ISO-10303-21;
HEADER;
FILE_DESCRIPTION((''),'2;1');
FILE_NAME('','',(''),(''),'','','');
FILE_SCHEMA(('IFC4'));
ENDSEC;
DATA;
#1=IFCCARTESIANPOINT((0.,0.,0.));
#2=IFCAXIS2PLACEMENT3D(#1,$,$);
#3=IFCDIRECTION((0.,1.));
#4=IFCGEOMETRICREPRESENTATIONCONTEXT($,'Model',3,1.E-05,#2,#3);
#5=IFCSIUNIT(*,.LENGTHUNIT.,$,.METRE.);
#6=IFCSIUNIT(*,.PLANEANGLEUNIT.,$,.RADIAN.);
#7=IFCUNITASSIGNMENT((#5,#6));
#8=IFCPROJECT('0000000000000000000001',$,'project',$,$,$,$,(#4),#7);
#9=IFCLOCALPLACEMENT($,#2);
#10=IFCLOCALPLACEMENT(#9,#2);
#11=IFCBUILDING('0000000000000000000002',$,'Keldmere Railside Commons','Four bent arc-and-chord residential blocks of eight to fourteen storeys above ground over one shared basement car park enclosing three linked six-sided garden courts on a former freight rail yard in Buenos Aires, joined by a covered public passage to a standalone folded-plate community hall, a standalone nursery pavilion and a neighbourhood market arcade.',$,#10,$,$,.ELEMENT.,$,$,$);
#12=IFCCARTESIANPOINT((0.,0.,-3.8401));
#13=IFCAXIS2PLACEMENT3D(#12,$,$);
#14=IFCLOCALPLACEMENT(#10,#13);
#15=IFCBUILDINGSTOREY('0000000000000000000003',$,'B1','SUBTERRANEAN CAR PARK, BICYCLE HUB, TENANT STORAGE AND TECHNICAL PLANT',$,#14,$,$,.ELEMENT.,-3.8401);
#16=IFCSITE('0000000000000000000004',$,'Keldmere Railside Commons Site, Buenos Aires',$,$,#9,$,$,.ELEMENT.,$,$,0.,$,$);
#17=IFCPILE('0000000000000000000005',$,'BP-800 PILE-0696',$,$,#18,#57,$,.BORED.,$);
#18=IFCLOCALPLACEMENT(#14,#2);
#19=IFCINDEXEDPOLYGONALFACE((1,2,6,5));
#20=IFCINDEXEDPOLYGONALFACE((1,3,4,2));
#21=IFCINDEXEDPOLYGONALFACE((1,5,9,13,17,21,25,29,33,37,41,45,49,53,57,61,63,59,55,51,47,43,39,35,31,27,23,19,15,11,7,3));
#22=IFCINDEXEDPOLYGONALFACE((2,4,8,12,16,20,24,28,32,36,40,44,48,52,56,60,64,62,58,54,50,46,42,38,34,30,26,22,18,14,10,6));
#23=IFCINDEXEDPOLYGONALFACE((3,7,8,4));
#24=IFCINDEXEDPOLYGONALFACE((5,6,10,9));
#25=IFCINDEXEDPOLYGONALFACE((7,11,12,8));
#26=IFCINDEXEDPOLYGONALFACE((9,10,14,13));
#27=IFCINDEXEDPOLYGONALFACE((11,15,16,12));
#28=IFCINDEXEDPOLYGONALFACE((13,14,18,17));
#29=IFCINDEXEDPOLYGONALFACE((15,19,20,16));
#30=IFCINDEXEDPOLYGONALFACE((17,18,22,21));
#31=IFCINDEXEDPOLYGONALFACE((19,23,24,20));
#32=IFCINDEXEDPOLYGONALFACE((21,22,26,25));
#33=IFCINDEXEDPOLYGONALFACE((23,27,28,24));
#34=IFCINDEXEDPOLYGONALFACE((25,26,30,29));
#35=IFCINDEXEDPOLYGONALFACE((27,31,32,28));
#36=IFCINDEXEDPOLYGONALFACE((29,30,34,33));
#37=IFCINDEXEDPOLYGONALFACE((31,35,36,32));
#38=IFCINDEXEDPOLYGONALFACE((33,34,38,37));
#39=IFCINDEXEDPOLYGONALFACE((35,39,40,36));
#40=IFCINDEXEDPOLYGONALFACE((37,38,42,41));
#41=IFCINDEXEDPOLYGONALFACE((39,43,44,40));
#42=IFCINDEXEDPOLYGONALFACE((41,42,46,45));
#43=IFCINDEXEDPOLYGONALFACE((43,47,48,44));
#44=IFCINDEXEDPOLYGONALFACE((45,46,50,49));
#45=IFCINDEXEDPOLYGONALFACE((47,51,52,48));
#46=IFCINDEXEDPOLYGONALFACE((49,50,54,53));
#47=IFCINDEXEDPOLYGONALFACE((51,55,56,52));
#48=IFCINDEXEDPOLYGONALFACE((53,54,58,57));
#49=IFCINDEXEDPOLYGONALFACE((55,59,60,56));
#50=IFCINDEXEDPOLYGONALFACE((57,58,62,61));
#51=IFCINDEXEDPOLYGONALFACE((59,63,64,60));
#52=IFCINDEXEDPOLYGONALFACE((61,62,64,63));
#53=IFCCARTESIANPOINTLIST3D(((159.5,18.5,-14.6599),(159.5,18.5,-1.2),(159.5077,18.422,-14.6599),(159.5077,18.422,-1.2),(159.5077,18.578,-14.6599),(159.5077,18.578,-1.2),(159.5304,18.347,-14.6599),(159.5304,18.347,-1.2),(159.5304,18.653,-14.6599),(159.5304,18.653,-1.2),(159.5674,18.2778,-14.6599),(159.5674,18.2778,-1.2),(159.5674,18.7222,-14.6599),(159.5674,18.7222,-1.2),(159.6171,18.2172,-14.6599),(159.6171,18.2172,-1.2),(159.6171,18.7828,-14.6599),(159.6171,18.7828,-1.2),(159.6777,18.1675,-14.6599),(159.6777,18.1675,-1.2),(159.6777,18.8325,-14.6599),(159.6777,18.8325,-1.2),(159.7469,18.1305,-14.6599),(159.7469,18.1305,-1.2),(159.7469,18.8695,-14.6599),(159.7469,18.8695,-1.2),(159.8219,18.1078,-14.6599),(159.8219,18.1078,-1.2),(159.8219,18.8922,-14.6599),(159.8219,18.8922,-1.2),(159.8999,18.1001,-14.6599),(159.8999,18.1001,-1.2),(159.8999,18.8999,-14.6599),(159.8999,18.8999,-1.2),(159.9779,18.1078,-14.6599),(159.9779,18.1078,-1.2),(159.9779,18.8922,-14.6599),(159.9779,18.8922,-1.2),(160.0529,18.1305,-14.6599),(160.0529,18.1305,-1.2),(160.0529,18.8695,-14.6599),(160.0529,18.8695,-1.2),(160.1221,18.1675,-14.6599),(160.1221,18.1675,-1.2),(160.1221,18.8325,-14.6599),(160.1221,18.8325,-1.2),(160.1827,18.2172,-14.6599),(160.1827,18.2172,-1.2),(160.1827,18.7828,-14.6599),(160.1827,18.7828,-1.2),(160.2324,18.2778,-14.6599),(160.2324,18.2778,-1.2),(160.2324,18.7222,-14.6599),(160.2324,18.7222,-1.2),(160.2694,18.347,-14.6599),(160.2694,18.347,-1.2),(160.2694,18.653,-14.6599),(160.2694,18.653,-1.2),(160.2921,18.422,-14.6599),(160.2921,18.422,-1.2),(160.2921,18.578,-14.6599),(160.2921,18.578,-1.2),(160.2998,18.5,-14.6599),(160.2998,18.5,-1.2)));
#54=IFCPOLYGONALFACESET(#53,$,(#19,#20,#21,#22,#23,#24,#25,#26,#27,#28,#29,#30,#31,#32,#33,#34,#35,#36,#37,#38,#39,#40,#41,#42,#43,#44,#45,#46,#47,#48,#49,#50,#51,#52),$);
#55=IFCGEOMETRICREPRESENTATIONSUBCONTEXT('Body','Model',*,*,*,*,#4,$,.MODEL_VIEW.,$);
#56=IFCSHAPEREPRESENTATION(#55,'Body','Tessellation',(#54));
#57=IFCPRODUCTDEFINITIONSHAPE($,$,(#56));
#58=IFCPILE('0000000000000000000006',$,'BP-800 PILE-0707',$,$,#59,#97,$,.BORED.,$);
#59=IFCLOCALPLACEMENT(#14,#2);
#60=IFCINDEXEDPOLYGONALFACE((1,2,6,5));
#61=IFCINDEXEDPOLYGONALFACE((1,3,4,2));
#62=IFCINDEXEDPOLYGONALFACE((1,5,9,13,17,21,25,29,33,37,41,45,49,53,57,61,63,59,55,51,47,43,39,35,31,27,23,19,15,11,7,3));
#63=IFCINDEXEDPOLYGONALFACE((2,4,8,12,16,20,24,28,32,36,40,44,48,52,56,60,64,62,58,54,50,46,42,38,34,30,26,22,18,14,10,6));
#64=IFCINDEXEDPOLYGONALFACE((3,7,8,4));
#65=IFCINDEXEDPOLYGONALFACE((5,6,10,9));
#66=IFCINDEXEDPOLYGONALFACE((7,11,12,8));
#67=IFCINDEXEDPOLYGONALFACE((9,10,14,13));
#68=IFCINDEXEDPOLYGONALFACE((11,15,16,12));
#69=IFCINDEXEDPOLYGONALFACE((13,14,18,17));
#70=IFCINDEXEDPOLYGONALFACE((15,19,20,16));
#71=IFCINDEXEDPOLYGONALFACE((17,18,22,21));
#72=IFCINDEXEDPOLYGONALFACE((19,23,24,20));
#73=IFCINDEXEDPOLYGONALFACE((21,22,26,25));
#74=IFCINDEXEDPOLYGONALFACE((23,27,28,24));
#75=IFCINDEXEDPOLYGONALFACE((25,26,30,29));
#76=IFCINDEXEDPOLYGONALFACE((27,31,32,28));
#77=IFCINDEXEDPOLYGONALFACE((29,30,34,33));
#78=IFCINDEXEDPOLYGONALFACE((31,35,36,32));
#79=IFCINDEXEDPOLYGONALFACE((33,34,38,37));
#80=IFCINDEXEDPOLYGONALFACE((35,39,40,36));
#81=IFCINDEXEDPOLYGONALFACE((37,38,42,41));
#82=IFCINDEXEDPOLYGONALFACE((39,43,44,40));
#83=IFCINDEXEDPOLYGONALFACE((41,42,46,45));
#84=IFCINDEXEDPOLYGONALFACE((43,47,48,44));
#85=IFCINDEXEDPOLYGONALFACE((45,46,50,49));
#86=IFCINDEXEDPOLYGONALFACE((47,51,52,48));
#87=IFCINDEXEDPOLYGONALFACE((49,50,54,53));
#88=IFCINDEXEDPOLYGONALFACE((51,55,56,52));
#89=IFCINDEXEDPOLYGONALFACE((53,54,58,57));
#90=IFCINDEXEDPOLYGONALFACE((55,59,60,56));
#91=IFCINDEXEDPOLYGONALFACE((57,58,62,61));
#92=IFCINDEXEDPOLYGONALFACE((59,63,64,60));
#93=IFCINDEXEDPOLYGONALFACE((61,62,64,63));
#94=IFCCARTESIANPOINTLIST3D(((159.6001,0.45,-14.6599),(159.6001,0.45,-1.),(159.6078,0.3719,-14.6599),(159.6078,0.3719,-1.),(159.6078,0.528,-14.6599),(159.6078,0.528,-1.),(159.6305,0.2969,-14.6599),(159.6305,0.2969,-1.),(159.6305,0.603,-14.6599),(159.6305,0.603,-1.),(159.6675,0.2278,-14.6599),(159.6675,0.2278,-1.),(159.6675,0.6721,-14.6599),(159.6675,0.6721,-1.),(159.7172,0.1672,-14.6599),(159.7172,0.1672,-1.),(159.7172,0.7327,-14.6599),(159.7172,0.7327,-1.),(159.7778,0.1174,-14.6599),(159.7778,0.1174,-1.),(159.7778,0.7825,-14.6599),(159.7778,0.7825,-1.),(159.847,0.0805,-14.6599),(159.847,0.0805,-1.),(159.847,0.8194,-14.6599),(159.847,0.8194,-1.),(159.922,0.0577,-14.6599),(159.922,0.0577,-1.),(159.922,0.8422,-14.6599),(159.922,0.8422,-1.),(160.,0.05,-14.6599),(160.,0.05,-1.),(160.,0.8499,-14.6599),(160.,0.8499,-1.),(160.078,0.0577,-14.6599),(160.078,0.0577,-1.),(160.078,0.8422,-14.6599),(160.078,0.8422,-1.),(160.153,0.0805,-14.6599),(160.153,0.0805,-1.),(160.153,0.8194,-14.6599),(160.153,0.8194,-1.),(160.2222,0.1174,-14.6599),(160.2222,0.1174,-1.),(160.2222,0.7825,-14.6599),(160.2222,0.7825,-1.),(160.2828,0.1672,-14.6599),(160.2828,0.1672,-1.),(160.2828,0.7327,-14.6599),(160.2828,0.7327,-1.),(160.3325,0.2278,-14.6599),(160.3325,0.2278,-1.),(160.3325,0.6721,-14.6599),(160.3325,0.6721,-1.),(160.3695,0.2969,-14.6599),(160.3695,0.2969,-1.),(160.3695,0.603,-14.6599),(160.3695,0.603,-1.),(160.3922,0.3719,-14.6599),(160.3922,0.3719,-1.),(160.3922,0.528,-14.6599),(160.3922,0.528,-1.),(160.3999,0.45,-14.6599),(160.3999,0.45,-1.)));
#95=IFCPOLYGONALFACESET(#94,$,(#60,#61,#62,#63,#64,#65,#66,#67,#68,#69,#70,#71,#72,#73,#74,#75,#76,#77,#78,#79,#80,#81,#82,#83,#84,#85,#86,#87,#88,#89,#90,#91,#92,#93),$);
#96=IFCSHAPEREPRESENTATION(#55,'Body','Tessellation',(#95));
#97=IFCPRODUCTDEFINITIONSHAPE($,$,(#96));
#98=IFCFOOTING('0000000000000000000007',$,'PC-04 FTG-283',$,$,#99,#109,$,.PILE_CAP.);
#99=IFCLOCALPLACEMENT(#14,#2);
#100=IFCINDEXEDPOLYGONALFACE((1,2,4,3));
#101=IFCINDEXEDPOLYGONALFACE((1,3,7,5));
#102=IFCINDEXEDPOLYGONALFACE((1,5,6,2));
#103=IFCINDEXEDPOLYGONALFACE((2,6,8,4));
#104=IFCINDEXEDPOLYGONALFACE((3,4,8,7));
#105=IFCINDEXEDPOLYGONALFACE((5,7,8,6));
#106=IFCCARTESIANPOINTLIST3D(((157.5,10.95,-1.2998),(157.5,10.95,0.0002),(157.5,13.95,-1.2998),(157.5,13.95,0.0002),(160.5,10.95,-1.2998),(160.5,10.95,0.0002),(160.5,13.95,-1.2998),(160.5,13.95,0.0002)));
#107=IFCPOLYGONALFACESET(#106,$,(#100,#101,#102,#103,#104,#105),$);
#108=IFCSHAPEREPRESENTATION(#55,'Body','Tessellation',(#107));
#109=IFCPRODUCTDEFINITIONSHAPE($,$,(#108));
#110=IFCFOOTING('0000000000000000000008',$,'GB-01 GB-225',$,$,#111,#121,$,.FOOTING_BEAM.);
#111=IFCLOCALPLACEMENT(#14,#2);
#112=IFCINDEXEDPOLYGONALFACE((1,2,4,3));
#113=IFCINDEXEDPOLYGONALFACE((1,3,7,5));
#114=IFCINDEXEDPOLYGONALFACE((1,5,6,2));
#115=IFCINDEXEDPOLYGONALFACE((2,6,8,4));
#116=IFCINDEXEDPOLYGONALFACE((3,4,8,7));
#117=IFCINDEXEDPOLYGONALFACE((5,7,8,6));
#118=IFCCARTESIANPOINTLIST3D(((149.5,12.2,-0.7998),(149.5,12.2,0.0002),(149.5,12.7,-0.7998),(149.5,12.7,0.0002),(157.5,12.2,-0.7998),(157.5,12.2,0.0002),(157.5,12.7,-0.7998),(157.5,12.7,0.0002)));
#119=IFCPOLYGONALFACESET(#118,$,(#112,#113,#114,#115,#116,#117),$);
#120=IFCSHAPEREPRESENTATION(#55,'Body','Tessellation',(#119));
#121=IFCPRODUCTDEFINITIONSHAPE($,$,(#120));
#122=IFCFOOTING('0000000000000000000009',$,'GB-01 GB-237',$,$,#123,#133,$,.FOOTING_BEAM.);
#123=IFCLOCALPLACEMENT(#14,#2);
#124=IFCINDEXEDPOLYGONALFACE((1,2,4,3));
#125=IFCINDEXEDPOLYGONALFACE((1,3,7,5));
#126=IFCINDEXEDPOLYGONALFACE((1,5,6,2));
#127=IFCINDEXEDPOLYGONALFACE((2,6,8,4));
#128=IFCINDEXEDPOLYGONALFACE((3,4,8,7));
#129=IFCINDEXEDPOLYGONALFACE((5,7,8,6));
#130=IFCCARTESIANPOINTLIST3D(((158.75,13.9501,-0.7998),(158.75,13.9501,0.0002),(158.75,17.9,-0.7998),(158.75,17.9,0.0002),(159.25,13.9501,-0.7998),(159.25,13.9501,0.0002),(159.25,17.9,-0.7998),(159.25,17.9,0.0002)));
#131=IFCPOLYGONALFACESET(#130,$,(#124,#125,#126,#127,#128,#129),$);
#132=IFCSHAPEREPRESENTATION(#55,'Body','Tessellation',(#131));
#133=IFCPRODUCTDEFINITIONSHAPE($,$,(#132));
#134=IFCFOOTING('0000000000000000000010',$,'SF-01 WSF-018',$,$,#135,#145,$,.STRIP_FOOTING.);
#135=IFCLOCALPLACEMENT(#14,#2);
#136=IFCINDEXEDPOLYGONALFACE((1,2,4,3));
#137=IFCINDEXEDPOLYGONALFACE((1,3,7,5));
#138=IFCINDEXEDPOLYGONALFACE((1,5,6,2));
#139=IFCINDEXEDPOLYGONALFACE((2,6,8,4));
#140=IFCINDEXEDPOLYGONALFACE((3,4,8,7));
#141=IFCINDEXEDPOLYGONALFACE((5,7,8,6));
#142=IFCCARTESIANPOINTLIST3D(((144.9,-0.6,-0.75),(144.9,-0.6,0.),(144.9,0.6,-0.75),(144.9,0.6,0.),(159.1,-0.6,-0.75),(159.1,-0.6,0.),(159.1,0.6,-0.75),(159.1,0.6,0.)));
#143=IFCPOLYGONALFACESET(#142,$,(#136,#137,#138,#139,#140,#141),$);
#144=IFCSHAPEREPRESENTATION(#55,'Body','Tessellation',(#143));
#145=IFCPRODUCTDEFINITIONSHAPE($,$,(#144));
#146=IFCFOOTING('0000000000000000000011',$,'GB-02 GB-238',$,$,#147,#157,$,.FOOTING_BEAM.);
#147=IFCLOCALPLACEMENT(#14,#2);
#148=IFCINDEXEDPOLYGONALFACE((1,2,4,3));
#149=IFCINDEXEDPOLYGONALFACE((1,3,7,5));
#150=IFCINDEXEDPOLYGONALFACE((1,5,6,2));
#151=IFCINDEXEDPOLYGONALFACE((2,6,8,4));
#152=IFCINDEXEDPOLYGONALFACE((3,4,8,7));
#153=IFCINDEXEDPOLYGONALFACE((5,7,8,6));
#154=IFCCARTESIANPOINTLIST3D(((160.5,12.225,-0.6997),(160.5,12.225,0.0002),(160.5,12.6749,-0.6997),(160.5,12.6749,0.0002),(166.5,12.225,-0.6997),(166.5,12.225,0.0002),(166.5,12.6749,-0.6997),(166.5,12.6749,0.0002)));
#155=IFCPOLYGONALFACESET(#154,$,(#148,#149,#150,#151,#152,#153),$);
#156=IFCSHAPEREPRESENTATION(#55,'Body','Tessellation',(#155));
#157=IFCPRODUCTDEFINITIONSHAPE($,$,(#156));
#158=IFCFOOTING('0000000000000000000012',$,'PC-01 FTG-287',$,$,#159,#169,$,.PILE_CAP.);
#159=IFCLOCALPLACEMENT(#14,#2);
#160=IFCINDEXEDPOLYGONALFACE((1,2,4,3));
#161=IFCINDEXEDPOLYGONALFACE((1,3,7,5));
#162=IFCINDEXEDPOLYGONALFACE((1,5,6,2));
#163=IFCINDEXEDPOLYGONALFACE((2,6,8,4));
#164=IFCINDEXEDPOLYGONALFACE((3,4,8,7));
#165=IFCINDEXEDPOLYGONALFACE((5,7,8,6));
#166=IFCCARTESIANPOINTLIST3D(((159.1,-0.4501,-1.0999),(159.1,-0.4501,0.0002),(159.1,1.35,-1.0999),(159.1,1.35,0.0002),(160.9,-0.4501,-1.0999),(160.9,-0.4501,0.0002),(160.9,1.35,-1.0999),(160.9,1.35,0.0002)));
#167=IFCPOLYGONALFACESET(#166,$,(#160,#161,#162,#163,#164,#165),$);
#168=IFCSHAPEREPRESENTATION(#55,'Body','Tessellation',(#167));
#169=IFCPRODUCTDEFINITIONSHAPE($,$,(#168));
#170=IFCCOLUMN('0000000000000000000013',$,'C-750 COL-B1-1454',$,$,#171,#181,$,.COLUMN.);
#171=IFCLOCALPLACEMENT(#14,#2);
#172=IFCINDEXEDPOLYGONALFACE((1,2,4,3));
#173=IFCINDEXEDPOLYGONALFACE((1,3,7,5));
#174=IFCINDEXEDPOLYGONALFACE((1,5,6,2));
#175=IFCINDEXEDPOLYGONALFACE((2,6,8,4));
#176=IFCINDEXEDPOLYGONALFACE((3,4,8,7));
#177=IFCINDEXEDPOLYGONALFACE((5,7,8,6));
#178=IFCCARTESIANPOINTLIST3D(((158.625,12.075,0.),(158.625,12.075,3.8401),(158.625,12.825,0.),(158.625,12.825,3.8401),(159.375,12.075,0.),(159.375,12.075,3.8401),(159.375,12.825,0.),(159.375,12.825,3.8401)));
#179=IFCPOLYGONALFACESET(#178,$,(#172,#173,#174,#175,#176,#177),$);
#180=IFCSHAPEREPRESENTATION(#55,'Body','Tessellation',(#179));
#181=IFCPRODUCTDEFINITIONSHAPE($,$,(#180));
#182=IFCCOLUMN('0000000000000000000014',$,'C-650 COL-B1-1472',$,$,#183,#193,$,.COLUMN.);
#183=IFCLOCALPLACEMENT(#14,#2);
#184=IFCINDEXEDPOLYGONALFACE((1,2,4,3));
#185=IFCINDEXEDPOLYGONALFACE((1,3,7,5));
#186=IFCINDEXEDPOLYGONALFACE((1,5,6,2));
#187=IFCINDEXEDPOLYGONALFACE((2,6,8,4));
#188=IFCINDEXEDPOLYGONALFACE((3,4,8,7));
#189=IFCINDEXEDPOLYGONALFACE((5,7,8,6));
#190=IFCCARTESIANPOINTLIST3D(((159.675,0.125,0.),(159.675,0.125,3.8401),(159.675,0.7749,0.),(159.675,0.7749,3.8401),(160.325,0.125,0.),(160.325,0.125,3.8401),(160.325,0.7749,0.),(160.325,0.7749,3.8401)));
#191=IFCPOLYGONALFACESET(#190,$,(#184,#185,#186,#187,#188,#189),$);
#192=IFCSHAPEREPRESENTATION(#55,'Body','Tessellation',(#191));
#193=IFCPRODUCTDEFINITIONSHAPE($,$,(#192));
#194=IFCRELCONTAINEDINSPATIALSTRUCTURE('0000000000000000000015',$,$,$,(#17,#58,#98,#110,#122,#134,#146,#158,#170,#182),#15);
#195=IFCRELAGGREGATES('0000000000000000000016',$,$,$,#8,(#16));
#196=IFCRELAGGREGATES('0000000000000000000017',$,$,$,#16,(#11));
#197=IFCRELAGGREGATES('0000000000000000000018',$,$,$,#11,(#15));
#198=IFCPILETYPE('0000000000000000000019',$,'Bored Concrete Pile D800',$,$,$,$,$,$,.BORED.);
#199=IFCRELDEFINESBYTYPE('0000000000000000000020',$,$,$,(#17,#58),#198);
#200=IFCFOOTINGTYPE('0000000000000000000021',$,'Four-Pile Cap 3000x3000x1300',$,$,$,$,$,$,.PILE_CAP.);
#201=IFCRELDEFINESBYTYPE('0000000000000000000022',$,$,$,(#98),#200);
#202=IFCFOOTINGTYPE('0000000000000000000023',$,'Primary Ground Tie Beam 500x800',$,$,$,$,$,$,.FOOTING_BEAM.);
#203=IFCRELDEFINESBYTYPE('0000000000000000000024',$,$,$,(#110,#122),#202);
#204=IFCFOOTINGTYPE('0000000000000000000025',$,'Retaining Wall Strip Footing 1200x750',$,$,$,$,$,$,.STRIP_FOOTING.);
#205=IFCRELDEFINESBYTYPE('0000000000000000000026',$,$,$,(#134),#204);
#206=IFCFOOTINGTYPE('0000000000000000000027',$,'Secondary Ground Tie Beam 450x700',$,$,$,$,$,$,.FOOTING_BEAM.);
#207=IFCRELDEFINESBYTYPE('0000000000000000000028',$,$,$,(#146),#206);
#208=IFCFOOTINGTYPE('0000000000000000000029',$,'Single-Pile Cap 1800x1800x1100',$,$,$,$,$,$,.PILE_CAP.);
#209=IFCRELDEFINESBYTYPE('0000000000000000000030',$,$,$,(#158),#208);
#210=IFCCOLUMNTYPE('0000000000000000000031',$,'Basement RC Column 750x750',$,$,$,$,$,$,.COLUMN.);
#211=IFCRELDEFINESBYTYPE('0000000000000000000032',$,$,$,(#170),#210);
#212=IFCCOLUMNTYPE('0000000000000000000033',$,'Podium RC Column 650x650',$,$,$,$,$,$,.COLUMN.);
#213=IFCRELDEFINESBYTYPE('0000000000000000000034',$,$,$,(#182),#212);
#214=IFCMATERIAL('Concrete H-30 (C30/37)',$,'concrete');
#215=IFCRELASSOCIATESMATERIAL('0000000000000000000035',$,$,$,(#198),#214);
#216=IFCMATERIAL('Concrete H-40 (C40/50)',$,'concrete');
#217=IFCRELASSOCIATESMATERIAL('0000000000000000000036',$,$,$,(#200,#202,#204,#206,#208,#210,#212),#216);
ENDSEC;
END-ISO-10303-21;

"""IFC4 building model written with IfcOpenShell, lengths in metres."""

from ifc_helpers import new_model, si_unit, direction, frame, origin, origin_2d, place, context, subcontext, project, spatial, rectangle, circle, extrude, material, material_profile, profile_set, type_object, element, save


model = new_model("IFC4")

# Units and contexts
model_context = context("Model", 3, precision=1e-05, world=origin(), true_north=direction((0.0, 1.0)))
body_context = subcontext(model_context, "Body", "Model", "MODEL_VIEW")
ifc_project = project(units=[si_unit("LENGTHUNIT", "METRE"), si_unit("PLANEANGLEUNIT", "RADIAN")], contexts=[model_context])

# Site, building, storey
site_placement = place(None, origin())
site = spatial("IfcSite", under=ifc_project, at=site_placement, Name="Keldmere Railside Commons Site, Buenos Aires", CompositionType="ELEMENT", RefElevation=0.0)
building_placement = place(site_placement, origin())
building = spatial("IfcBuilding", under=site, at=building_placement, Name="Keldmere Railside Commons", Description="Four bent arc-and-chord residential blocks of eight to fourteen storeys above ground over one shared basement car park enclosing three linked six-sided garden courts on a former freight rail yard in Buenos Aires, joined by a covered public passage to a standalone folded-plate community hall, a standalone nursery pavilion and a neighbourhood market arcade.", CompositionType="ELEMENT")
storey_placement = place(building_placement, frame((0.0, 0.0, -3.8401)))
storey = spatial("IfcBuildingStorey", under=building, at=storey_placement, Name="B1", Description="SUBTERRANEAN CAR PARK, BICYCLE HUB, TENANT STORAGE AND TECHNICAL PLANT", CompositionType="ELEMENT", Elevation=-3.8401)

# Piles
ifc_material_1 = material(Name="Concrete H-30 (C30/37)", Category="concrete")
ifc_material_profile_1 = material_profile(ifc_material_1, circle(Radius=0.3999, at=origin_2d()), Name="PILE-D800")
ifc_profile_set_1 = profile_set([ifc_material_profile_1], Name="Concrete H-30 (C30/37)")
pile_type = type_object("IfcPileType", Name="Bored Concrete Pile D800", PredefinedType="BORED", material=ifc_profile_set_1)
for number, where, z_axis, x_axis, name in (
    (1, (159.8999, 18.5, -1.2), (0.0, 0.0, -1.0), (1.0, 0.0, 0.0), "BP-800 PILE-0696"),
):
    element("IfcPile", number, at=place(storey_placement, frame(where, z_axis=z_axis, x_axis=x_axis)), inside=storey, type_object=pile_type, Name=name, PredefinedType="BORED", context=body_context, shape_type="SweptSolid", body=[
        extrude(circle(Radius=0.3999, at=origin_2d()), origin(), (0.0, 0.0, 1.0), 13.46),
    ])
pile_placement = place(storey_placement, frame((160.0, 0.45, -1.0), z_axis=(0.0, 0.0, -1.0), x_axis=(1.0, 0.0, 0.0)))
element("IfcPile", 2, at=pile_placement, inside=storey, type_object=pile_type, Name="BP-800 PILE-0707", PredefinedType="BORED", context=body_context, shape_type="SweptSolid", body=[
    extrude(circle(Radius=0.3999, at=origin_2d()), origin(), (0.0, 0.0, 1.0), 13.6599),
])

# Footings
ifc_material_2 = material(Name="Concrete H-40 (C40/50)", Category="concrete")
footing_type_1 = type_object("IfcFootingType", Name="Four-Pile Cap 3000x3000x1300", PredefinedType="PILE_CAP", material=ifc_material_2)
footing_1_placement = place(storey_placement, frame((159.0, 12.45, -1.2998), z_axis=(0.0, 0.0, 1.0), x_axis=(1.0, 0.0, 0.0)))
element("IfcFooting", 3, at=footing_1_placement, inside=storey, type_object=footing_type_1, Name="PC-04 FTG-283", PredefinedType="PILE_CAP", context=body_context, shape_type="SweptSolid", body=[
    extrude(rectangle(XDim=3.0, YDim=3.0, at=origin_2d()), origin(), (0.0, 0.0, 1.0), 1.3),
])
footing_type_2 = type_object("IfcFootingType", Name="Primary Ground Tie Beam 500x800", PredefinedType="FOOTING_BEAM", material=ifc_material_2)
footing_2_placement = place(storey_placement, frame((153.5, 12.45, -0.7998), z_axis=(0.0, 0.0, 1.0), x_axis=(1.0, 0.0, 0.0)))
element("IfcFooting", 4, at=footing_2_placement, inside=storey, type_object=footing_type_2, Name="GB-01 GB-225", PredefinedType="FOOTING_BEAM", context=body_context, shape_type="SweptSolid", body=[
    extrude(rectangle(XDim=8.0, YDim=0.5, at=origin_2d()), origin(), (0.0, 0.0, 1.0), 0.8),
])
footing_3_placement = place(storey_placement, frame((159.0, 15.925, -0.7998), z_axis=(0.0, 0.0, 1.0), x_axis=(0.0, 1.0, 0.0)))
element("IfcFooting", 5, at=footing_3_placement, inside=storey, type_object=footing_type_2, Name="GB-01 GB-237", PredefinedType="FOOTING_BEAM", context=body_context, shape_type="SweptSolid", body=[
    extrude(rectangle(XDim=3.95, YDim=0.5, at=origin_2d()), origin(), (0.0, 0.0, 1.0), 0.8),
])
footing_type_3 = type_object("IfcFootingType", Name="Retaining Wall Strip Footing 1200x750", PredefinedType="STRIP_FOOTING", material=ifc_material_2)
footing_4_placement = place(storey_placement, frame((152.0, 0.0, -0.75), z_axis=(0.0, 0.0, 1.0), x_axis=(1.0, 0.0, 0.0)))
element("IfcFooting", 6, at=footing_4_placement, inside=storey, type_object=footing_type_3, Name="SF-01 WSF-018", PredefinedType="STRIP_FOOTING", context=body_context, shape_type="SweptSolid", body=[
    extrude(rectangle(XDim=14.2, YDim=1.2, at=origin_2d()), origin(), (0.0, 0.0, 1.0), 0.75),
])
footing_type_4 = type_object("IfcFootingType", Name="Secondary Ground Tie Beam 450x700", PredefinedType="FOOTING_BEAM", material=ifc_material_2)
footing_5_placement = place(storey_placement, frame((163.5, 12.45, -0.6997), z_axis=(0.0, 0.0, 1.0), x_axis=(1.0, 0.0, 0.0)))
element("IfcFooting", 7, at=footing_5_placement, inside=storey, type_object=footing_type_4, Name="GB-02 GB-238", PredefinedType="FOOTING_BEAM", context=body_context, shape_type="SweptSolid", body=[
    extrude(rectangle(XDim=6.0, YDim=0.45, at=origin_2d()), origin(), (0.0, 0.0, 1.0), 0.7),
])
footing_type_5 = type_object("IfcFootingType", Name="Single-Pile Cap 1800x1800x1100", PredefinedType="PILE_CAP", material=ifc_material_2)
footing_6_placement = place(storey_placement, frame((160.0, 0.45, -1.0999), z_axis=(0.0, 0.0, 1.0), x_axis=(1.0, 0.0, 0.0)))
element("IfcFooting", 8, at=footing_6_placement, inside=storey, type_object=footing_type_5, Name="PC-01 FTG-287", PredefinedType="PILE_CAP", context=body_context, shape_type="SweptSolid", body=[
    extrude(rectangle(XDim=1.8, YDim=1.8, at=origin_2d()), origin(), (0.0, 0.0, 1.0), 1.1001),
])

# Columns
ifc_material_profile_2 = material_profile(ifc_material_2, rectangle(XDim=0.75, YDim=0.75, at=origin_2d()), Name="RC-750x750")
ifc_profile_set_2 = profile_set([ifc_material_profile_2], Name="Concrete H-40 (C40/50)")
column_type_1 = type_object("IfcColumnType", Name="Basement RC Column 750x750", PredefinedType="COLUMN", material=ifc_profile_set_2)
column_1_placement = place(storey_placement, frame((159.0, 12.45, 0.0), z_axis=(0.0, 0.0, 1.0), x_axis=(1.0, 0.0, 0.0)))
element("IfcColumn", 9, at=column_1_placement, inside=storey, type_object=column_type_1, Name="C-750 COL-B1-1454", PredefinedType="COLUMN", context=body_context, shape_type="SweptSolid", body=[
    extrude(rectangle(XDim=0.75, YDim=0.75, at=origin_2d()), origin(), (0.0, 0.0, 1.0), 3.8401),
])
ifc_material_profile_3 = material_profile(ifc_material_2, rectangle(XDim=0.6499, YDim=0.6499, at=origin_2d()), Name="RC-650x650")
ifc_profile_set_3 = profile_set([ifc_material_profile_3], Name="Concrete H-40 (C40/50)")
column_type_2 = type_object("IfcColumnType", Name="Podium RC Column 650x650", PredefinedType="COLUMN", material=ifc_profile_set_3)
column_2_placement = place(storey_placement, frame((160.0, 0.45, 0.0), z_axis=(0.0, 0.0, 1.0), x_axis=(1.0, 0.0, 0.0)))
element("IfcColumn", 10, at=column_2_placement, inside=storey, type_object=column_type_2, Name="C-650 COL-B1-1472", PredefinedType="COLUMN", context=body_context, shape_type="SweptSolid", body=[
    extrude(rectangle(XDim=0.6499, YDim=0.6499, at=origin_2d()), origin(), (0.0, 0.0, 1.0), 3.8401),
])

save(model, "model.ifc")
